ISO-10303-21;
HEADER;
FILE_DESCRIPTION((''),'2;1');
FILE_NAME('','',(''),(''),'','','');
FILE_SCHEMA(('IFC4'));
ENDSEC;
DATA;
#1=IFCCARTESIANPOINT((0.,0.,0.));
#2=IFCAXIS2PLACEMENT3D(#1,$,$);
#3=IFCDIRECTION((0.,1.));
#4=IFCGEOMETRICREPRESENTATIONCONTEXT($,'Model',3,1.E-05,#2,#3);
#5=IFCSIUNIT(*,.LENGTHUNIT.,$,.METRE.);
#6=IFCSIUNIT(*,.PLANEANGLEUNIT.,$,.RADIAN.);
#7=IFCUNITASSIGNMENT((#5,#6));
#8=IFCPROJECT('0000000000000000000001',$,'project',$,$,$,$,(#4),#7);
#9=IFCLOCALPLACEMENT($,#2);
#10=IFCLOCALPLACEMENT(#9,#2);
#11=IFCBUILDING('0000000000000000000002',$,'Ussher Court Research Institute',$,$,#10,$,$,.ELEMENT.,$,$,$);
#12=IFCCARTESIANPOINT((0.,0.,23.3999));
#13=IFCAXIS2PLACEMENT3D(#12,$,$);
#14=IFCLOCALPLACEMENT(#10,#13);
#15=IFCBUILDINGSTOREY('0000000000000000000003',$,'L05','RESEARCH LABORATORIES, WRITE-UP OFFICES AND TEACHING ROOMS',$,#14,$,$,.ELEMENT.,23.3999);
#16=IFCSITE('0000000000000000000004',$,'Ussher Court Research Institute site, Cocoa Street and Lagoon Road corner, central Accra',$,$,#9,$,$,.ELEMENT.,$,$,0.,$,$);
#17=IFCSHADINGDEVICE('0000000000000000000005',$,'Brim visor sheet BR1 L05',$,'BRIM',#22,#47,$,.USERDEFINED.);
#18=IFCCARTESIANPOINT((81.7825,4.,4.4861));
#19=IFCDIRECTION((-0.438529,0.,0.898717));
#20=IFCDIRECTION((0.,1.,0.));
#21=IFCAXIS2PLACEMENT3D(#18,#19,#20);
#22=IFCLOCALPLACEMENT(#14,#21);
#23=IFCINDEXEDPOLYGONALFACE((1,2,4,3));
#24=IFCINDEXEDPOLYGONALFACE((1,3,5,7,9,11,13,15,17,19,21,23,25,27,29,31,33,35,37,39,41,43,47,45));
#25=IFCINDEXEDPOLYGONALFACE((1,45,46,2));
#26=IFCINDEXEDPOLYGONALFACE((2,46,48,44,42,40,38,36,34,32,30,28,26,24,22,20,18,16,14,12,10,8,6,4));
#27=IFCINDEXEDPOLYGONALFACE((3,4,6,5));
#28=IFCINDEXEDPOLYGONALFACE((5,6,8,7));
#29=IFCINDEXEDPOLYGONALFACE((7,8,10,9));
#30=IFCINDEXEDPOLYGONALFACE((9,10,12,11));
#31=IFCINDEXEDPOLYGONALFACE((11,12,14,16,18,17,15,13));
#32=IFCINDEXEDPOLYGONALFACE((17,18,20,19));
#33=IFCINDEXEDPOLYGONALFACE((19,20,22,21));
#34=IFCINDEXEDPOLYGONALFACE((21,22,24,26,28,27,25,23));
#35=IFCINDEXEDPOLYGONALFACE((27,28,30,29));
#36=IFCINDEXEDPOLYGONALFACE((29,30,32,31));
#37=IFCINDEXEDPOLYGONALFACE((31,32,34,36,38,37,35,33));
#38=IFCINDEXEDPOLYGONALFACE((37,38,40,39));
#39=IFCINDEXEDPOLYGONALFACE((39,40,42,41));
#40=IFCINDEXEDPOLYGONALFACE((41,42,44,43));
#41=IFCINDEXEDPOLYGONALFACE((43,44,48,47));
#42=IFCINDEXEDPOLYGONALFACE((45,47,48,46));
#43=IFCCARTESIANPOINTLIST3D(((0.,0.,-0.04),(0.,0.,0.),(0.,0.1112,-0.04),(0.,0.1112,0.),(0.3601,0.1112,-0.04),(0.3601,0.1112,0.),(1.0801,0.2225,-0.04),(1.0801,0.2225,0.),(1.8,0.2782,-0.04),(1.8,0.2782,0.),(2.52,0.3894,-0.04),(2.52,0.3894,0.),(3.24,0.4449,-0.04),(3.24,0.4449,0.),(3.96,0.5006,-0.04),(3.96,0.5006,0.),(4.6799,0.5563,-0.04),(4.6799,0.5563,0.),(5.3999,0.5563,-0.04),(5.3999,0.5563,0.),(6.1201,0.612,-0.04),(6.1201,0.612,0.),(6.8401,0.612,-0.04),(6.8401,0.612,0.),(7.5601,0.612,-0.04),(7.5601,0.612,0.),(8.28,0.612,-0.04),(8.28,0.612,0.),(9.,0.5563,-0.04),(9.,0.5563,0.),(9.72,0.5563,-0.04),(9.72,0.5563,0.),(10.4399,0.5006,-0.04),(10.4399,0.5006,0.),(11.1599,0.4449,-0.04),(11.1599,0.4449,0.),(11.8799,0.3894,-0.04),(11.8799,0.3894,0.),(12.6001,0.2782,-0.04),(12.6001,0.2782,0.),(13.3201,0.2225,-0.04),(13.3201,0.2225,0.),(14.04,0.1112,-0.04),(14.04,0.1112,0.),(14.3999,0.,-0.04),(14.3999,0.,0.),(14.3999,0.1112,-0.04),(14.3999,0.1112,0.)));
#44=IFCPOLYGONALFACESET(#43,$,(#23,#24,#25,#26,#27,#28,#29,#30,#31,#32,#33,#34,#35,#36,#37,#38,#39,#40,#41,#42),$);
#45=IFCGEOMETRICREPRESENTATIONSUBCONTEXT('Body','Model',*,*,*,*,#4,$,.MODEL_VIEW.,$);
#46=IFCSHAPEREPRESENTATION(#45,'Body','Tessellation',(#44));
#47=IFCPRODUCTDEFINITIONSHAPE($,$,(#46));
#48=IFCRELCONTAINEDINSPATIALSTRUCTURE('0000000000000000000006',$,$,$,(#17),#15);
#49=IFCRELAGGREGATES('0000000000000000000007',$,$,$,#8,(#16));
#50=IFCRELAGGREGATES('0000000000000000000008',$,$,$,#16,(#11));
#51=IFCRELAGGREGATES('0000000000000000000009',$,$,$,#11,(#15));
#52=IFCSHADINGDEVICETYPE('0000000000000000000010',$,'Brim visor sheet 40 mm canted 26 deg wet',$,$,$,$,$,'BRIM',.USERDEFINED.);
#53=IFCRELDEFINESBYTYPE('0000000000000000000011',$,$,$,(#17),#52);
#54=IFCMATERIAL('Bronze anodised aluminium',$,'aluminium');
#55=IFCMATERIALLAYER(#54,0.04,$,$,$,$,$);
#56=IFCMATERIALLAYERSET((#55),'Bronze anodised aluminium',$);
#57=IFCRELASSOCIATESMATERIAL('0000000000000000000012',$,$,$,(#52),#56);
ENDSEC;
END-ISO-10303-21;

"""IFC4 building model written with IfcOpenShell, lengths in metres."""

from ifc_helpers import new_model, si_unit, direction, frame, origin, place, context, subcontext, project, spatial, polyline, outline, extrude, material, layer, layer_set, type_object, element, save


model = new_model("IFC4")

# Units and contexts
model_context = context("Model", 3, precision=1e-05, world=origin(), true_north=direction((0.0, 1.0)))
body_context = subcontext(model_context, "Body", "Model", "MODEL_VIEW")
ifc_project = project(units=[si_unit("LENGTHUNIT", "METRE"), si_unit("PLANEANGLEUNIT", "RADIAN")], contexts=[model_context])

# Site, building, storey
site_placement = place(None, origin())
site = spatial("IfcSite", under=ifc_project, at=site_placement, Name="Ussher Court Research Institute site, Cocoa Street and Lagoon Road corner, central Accra", CompositionType="ELEMENT", RefElevation=0.0)
building_placement = place(site_placement, origin())
building = spatial("IfcBuilding", under=site, at=building_placement, Name="Ussher Court Research Institute", CompositionType="ELEMENT")
storey_placement = place(building_placement, frame((0.0, 0.0, 23.3999)))
storey = spatial("IfcBuildingStorey", under=building, at=storey_placement, Name="L05", Description="RESEARCH LABORATORIES, WRITE-UP OFFICES AND TEACHING ROOMS", CompositionType="ELEMENT", Elevation=23.3999)

# Shading device
ifc_material_1 = material(Name="Bronze anodised aluminium", Category="aluminium")
ifc_layer_1 = layer(ifc_material_1, 0.04)
ifc_layer_set_1 = layer_set([ifc_layer_1], Name="Bronze anodised aluminium")
shading_device_type_1 = type_object("IfcShadingDeviceType", Name="Brim visor sheet 40 mm canted 26 deg wet", ElementType="BRIM", PredefinedType="USERDEFINED", material=ifc_layer_set_1)
shading_device_1_placement = place(storey_placement, frame((81.7825, 4.0, 4.4861), z_axis=(-0.438529, 0.0, 0.898717), x_axis=(0.0, 1.0, 0.0)))
element("IfcShadingDevice", 1, at=shading_device_1_placement, inside=storey, type_object=shading_device_type_1, Name="Brim visor sheet BR1 L05", ObjectType="BRIM", PredefinedType="USERDEFINED", context=body_context, shape_type="SweptSolid", body=[
    extrude(outline(polyline([(0.0, 0.0), (14.3999, 0.0), (14.3999, 0.1112), (14.04, 0.1112), (13.3201, 0.2225), (12.6001, 0.2782), (11.8799, 0.3894), (11.1599, 0.4449), (10.4399, 0.5006), (9.72, 0.5563), (9.0, 0.5563), (8.28, 0.612), (7.5601, 0.612), (6.8401, 0.612), (6.1201, 0.612), (5.3999, 0.5563), (4.6799, 0.5563), (3.96, 0.5006), (3.24, 0.4449), (2.52, 0.3894), (1.8, 0.2782), (1.0801, 0.2225), (0.3601, 0.1112), (0.0, 0.1112), (0.0, 0.0)])), origin(), (0.0, 0.0, -1.0), 0.04),
])

save(model, "model.ifc")
